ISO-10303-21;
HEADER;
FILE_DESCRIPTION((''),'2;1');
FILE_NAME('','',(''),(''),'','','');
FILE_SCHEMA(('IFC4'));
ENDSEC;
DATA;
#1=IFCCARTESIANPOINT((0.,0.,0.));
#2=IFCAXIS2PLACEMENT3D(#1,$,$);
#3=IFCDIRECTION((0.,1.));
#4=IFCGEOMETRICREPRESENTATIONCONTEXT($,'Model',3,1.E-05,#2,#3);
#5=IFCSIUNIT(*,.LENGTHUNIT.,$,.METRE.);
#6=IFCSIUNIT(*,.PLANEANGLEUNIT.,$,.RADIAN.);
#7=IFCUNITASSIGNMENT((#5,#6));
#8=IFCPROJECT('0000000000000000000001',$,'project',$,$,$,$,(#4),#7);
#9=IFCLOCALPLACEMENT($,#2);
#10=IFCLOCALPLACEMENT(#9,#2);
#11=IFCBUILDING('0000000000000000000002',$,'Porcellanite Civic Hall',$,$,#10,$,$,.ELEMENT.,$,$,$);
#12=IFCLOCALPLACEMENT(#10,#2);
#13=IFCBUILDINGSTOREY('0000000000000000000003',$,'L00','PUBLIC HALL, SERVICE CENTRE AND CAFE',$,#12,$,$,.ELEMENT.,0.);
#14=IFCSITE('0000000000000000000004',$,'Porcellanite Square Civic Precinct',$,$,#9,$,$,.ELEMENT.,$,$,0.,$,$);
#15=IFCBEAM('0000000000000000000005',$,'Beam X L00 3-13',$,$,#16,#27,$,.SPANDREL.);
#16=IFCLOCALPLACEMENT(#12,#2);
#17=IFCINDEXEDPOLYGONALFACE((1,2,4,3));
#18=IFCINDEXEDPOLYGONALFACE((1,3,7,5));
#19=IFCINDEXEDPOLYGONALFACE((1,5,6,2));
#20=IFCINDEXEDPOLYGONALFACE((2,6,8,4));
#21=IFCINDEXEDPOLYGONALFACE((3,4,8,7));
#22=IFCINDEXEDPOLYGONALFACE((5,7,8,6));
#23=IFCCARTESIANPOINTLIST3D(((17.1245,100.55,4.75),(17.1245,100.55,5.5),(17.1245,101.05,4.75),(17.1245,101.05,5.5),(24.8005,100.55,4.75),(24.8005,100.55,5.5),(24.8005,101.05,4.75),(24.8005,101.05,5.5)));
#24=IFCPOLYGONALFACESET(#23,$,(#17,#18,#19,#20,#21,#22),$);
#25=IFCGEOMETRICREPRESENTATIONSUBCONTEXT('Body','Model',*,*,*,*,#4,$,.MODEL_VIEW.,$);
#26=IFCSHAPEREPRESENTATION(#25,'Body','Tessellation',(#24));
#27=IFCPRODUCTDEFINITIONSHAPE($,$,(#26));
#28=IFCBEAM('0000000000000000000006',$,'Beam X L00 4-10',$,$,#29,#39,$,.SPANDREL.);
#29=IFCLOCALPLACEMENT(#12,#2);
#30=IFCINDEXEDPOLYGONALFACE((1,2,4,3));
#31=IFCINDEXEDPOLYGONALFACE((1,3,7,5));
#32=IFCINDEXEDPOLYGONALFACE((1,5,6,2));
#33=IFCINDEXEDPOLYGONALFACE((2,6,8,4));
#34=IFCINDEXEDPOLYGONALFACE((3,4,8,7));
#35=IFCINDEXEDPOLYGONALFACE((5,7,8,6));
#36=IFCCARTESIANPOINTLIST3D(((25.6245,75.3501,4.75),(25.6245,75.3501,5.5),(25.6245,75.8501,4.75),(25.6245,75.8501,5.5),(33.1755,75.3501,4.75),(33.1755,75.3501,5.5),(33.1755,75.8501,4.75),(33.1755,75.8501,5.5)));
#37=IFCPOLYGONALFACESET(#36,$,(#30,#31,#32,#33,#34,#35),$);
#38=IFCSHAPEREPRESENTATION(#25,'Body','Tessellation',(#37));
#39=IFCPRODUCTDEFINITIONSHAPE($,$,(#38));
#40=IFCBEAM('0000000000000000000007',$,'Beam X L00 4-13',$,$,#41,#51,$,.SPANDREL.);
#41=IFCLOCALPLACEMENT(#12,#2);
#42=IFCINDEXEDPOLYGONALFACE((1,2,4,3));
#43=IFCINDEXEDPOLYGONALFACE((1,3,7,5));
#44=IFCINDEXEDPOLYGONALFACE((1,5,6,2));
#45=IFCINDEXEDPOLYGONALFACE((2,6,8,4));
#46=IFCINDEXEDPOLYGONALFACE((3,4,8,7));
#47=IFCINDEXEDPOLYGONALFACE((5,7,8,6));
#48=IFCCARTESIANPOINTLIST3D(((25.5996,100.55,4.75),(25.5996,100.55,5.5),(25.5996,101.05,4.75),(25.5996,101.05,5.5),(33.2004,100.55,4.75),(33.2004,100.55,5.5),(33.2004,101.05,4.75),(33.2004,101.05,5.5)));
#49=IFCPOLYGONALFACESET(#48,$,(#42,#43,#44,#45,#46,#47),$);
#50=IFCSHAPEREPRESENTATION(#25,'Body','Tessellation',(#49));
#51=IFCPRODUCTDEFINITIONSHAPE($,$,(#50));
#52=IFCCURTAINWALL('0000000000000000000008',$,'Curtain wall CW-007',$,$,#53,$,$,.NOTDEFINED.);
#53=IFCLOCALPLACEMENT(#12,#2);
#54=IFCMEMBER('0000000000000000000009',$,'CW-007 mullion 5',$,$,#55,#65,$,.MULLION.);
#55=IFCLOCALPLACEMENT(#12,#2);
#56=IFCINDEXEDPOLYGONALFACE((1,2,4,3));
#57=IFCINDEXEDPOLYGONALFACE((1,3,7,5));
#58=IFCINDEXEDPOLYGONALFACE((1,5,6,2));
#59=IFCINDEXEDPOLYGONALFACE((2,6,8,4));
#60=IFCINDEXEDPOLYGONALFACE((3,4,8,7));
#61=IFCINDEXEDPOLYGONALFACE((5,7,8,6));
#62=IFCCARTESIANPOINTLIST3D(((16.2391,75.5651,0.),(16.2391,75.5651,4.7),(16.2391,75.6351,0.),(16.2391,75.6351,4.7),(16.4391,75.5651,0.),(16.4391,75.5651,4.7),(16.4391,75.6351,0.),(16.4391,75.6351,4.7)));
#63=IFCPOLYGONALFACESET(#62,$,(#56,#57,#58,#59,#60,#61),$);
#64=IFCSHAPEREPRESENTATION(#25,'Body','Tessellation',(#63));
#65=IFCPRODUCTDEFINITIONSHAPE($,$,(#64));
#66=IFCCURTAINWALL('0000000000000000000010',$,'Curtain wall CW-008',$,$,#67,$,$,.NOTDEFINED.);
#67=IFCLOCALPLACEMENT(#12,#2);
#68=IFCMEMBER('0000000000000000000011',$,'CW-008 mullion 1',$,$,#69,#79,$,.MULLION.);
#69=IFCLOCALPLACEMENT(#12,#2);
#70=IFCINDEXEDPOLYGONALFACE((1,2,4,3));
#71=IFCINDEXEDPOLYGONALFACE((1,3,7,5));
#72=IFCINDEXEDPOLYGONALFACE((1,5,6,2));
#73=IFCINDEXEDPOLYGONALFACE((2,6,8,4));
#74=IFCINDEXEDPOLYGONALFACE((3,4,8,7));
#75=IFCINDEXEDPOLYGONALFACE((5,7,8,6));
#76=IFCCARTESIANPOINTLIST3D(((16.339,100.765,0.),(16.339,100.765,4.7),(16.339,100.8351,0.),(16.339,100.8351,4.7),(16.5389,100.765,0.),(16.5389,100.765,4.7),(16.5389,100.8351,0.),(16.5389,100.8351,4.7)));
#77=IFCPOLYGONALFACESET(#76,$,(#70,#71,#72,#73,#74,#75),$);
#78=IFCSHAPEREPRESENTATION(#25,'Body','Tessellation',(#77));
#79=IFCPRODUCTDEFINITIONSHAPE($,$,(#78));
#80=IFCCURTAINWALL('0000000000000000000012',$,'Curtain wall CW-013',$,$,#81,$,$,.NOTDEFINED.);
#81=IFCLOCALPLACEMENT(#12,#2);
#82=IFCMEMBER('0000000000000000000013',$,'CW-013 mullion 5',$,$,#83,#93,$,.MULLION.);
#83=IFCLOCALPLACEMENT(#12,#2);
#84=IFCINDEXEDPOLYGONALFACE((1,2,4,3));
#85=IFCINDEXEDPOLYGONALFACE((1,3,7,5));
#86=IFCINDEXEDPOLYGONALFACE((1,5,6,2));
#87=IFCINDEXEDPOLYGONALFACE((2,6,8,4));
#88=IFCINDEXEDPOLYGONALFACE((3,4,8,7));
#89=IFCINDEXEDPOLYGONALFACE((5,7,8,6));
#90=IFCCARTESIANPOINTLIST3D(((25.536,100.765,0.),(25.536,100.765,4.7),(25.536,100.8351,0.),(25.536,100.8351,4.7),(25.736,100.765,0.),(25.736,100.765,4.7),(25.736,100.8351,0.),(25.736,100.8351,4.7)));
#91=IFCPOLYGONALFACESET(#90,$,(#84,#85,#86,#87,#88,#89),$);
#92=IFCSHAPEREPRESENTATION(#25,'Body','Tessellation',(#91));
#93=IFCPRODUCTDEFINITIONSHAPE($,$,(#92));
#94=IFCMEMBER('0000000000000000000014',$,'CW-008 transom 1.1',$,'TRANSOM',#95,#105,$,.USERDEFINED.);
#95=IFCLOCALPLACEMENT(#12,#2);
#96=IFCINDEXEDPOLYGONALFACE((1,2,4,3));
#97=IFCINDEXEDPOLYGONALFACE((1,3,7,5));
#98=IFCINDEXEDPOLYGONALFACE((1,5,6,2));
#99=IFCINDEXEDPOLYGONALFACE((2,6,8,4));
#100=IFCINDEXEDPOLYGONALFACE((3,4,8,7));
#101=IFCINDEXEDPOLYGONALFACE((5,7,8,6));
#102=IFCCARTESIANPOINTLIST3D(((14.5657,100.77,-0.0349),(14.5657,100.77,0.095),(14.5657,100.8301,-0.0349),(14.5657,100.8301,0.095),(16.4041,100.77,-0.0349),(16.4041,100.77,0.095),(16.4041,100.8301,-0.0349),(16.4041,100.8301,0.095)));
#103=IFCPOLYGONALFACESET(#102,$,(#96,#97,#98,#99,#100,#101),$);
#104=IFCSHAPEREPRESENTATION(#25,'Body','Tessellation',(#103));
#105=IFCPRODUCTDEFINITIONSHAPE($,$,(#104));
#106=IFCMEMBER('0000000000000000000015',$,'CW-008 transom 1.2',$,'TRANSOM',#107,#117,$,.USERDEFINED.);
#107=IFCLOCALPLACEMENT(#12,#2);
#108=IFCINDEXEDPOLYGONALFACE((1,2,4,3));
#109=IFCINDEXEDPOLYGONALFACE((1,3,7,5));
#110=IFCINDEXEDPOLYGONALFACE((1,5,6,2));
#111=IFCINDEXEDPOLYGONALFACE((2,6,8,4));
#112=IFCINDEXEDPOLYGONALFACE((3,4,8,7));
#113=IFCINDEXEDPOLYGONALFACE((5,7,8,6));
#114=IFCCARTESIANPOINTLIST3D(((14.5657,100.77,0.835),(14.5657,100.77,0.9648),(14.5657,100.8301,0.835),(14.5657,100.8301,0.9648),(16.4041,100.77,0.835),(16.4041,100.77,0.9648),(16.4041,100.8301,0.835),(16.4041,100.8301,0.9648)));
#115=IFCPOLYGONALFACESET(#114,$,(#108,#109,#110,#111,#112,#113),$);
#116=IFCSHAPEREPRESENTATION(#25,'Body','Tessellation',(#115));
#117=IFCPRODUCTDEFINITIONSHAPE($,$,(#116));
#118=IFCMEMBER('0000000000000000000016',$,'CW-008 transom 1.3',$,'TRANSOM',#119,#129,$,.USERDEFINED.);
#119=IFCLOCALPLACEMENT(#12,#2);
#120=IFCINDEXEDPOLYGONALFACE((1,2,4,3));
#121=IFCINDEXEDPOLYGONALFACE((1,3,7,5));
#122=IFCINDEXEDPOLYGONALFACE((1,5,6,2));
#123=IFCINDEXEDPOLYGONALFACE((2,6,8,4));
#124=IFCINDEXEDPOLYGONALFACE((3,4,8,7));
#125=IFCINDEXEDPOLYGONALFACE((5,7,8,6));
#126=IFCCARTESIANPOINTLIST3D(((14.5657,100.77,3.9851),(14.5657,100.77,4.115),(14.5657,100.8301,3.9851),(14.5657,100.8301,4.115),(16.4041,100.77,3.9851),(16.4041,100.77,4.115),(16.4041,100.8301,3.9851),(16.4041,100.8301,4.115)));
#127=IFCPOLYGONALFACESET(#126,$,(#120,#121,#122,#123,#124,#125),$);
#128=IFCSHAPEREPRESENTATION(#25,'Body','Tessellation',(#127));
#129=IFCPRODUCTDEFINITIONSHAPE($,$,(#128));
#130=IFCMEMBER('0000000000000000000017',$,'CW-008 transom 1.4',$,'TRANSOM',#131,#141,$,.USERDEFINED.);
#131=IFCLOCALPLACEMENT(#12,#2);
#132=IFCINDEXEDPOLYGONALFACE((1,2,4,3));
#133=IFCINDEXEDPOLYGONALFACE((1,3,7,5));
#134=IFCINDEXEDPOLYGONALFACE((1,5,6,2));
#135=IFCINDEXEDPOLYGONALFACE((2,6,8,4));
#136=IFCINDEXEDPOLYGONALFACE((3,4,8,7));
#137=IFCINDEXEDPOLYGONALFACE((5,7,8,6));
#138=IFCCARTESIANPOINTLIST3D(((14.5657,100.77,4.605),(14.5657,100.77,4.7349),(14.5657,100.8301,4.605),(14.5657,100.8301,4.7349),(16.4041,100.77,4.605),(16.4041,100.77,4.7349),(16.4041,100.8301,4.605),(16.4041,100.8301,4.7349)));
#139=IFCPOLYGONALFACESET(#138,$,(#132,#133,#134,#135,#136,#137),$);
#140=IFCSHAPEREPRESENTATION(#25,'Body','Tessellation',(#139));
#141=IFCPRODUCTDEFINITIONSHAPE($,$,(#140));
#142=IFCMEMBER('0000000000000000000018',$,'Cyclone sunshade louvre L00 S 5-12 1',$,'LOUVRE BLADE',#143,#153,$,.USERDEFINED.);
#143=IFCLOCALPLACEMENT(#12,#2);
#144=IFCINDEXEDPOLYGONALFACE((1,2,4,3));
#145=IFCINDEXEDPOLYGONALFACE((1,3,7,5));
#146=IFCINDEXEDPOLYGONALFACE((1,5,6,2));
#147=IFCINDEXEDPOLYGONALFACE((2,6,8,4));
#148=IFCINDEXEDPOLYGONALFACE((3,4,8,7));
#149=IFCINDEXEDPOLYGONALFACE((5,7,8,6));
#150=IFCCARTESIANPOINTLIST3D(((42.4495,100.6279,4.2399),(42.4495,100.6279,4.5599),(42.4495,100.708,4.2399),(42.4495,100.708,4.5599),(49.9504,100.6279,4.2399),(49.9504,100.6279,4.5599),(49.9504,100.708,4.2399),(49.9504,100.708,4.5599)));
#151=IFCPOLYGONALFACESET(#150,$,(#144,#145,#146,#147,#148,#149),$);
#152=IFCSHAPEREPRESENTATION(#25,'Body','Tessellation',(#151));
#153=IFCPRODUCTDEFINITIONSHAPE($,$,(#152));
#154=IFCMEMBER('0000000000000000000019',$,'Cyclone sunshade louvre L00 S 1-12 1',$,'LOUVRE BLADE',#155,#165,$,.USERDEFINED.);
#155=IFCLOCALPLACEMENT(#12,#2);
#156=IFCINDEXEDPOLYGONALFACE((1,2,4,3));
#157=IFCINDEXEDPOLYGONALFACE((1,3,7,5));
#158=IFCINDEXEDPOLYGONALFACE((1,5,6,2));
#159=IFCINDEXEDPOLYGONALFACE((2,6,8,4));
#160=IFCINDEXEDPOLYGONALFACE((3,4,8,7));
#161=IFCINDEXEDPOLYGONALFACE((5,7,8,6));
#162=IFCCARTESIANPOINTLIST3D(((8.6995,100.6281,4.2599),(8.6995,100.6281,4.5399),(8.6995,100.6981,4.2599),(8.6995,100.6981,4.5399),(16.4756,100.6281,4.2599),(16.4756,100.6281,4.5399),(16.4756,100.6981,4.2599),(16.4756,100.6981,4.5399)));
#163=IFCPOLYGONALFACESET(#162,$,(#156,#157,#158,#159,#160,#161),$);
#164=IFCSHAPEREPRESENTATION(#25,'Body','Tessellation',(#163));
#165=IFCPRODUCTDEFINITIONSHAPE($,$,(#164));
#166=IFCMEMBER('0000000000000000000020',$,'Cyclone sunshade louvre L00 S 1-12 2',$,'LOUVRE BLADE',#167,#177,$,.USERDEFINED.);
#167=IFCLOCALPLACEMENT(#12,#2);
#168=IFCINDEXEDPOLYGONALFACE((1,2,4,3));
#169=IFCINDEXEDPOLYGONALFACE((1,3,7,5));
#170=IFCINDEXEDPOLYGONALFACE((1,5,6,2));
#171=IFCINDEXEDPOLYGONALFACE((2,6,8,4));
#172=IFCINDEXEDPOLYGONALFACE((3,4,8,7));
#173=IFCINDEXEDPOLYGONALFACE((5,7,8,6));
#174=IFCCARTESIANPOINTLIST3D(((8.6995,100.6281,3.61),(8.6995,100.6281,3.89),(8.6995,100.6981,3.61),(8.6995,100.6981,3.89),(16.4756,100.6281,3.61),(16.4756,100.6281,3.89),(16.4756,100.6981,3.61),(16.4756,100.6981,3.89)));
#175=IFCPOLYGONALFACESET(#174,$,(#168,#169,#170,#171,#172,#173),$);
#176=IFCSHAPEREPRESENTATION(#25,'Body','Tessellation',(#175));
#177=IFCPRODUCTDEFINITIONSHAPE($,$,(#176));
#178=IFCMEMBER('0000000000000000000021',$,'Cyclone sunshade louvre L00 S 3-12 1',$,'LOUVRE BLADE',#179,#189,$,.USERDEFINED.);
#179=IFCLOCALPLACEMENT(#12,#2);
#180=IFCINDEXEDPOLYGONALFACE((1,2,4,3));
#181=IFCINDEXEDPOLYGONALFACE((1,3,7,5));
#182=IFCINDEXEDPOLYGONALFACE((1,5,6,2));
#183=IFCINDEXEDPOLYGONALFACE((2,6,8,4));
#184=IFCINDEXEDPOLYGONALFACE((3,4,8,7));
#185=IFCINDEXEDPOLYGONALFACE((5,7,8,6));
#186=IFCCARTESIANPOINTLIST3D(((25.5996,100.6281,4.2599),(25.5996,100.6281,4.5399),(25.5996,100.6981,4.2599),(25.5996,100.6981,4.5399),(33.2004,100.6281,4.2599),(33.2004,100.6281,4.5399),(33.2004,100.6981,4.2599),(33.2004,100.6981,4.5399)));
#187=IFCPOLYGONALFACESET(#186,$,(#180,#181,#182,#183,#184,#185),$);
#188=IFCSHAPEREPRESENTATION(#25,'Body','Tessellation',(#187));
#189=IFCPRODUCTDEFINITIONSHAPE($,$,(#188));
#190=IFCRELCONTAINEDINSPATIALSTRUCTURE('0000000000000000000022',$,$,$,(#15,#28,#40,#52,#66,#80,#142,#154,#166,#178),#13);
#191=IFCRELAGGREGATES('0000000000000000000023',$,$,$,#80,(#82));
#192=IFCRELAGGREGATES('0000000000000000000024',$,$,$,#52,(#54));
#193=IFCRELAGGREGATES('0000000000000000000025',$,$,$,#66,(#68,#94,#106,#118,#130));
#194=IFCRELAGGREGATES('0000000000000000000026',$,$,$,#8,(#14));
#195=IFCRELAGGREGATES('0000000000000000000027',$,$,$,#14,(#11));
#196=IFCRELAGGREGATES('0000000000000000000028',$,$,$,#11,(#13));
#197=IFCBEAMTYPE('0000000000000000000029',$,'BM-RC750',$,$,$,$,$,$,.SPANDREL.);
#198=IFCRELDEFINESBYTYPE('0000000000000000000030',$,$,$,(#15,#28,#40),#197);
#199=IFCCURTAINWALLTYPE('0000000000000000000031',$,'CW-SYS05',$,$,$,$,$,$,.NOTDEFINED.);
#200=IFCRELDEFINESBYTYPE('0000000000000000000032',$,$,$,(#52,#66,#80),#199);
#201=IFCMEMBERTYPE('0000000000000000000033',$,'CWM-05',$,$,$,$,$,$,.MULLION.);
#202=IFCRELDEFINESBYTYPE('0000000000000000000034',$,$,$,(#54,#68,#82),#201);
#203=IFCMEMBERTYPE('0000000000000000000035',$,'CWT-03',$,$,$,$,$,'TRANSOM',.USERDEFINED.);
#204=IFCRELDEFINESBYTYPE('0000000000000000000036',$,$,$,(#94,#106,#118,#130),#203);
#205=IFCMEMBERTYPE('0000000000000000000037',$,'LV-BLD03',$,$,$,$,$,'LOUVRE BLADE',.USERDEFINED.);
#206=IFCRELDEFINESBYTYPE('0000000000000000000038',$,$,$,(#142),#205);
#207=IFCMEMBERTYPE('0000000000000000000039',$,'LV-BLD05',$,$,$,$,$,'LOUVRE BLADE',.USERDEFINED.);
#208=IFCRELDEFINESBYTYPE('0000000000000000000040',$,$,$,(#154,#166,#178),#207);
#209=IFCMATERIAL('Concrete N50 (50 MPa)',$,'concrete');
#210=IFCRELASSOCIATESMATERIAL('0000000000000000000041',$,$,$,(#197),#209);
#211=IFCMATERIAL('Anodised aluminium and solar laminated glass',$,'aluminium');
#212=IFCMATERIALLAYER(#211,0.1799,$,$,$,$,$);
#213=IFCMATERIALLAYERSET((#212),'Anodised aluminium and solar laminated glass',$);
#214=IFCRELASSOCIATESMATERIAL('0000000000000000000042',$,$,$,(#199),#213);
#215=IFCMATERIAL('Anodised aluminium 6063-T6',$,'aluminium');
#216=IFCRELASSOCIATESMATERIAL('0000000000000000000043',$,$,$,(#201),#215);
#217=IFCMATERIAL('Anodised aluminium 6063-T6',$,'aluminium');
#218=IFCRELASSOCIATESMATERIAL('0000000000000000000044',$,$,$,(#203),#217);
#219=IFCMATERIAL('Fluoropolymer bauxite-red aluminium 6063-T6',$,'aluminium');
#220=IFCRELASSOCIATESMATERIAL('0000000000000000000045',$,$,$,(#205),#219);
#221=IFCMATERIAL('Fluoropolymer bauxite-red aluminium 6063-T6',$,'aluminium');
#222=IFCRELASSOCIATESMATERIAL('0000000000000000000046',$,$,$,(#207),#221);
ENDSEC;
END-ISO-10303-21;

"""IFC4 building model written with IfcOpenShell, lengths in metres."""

from ifc_helpers import new_model, si_unit, direction, frame, origin, origin_2d, place, context, subcontext, project, spatial, rectangle, extrude, material, layer, layer_set, material_profile, profile_set, type_object, element, aggregate, save


model = new_model("IFC4")

# Units and contexts
model_context = context("Model", 3, precision=1e-05, world=origin(), true_north=direction((0.0, 1.0)))
body_context = subcontext(model_context, "Body", "Model", "MODEL_VIEW")
ifc_project = project(units=[si_unit("LENGTHUNIT", "METRE"), si_unit("PLANEANGLEUNIT", "RADIAN")], contexts=[model_context])

# Site, building, storey
site_placement = place(None, origin())
site = spatial("IfcSite", under=ifc_project, at=site_placement, Name="Porcellanite Square Civic Precinct", CompositionType="ELEMENT", RefElevation=0.0)
building_placement = place(site_placement, origin())
building = spatial("IfcBuilding", under=site, at=building_placement, Name="Porcellanite Civic Hall", CompositionType="ELEMENT")
storey_placement = place(building_placement, origin())
storey = spatial("IfcBuildingStorey", under=building, at=storey_placement, Name="L00", Description="PUBLIC HALL, SERVICE CENTRE AND CAFE", CompositionType="ELEMENT", Elevation=0.0)

# Beams
ifc_material_1 = material(Name="Concrete N50 (50 MPa)", Category="concrete")
ifc_material_profile_1 = material_profile(ifc_material_1, rectangle(XDim=0.5, YDim=0.75, at=origin_2d()), Name="RC-500x750")
ifc_profile_set_1 = profile_set([ifc_material_profile_1], Name="Concrete N50 (50 MPa)")
beam_type = type_object("IfcBeamType", Name="BM-RC750", PredefinedType="SPANDREL", material=ifc_profile_set_1)
beam_1_placement = place(storey_placement, frame((17.1245, 100.8, 5.125), z_axis=(1.0, 0.0, 0.0), x_axis=(0.0, 1.0, 0.0)))
element("IfcBeam", 1, at=beam_1_placement, inside=storey, type_object=beam_type, Name="Beam X L00 3-13", PredefinedType="SPANDREL", context=body_context, shape_type="SweptSolid", body=[
    extrude(rectangle(XDim=0.5, YDim=0.75, at=origin_2d()), origin(), (0.0, 0.0, 1.0), 7.676),
])
beam_2_placement = place(storey_placement, frame((25.6245, 75.6001, 5.125), z_axis=(1.0, 0.0, 0.0), x_axis=(0.0, 1.0, 0.0)))
element("IfcBeam", 2, at=beam_2_placement, inside=storey, type_object=beam_type, Name="Beam X L00 4-10", PredefinedType="SPANDREL", context=body_context, shape_type="SweptSolid", body=[
    extrude(rectangle(XDim=0.5, YDim=0.75, at=origin_2d()), origin(), (0.0, 0.0, 1.0), 7.551),
])
beam_3_placement = place(storey_placement, frame((25.5996, 100.8, 5.125), z_axis=(1.0, 0.0, 0.0), x_axis=(0.0, 1.0, 0.0)))
element("IfcBeam", 3, at=beam_3_placement, inside=storey, type_object=beam_type, Name="Beam X L00 4-13", PredefinedType="SPANDREL", context=body_context, shape_type="SweptSolid", body=[
    extrude(rectangle(XDim=0.5, YDim=0.75, at=origin_2d()), origin(), (0.0, 0.0, 1.0), 7.6008),
])

# Curtain walls, members
ifc_material_2 = material(Name="Anodised aluminium and solar laminated glass", Category="aluminium")
ifc_layer_1 = layer(ifc_material_2, 0.1799)
ifc_layer_set_1 = layer_set([ifc_layer_1], Name="Anodised aluminium and solar laminated glass")
curtain_wall_type = type_object("IfcCurtainWallType", Name="CW-SYS05", PredefinedType="NOTDEFINED", material=ifc_layer_set_1)
curtain_wall_1_placement = place(storey_placement, origin())
curtain_wall_1 = element("IfcCurtainWall", 4, at=curtain_wall_1_placement, inside=storey, type_object=curtain_wall_type, Name="Curtain wall CW-007", PredefinedType="NOTDEFINED")
ifc_material_3 = material(Name="Anodised aluminium 6063-T6", Category="aluminium")
ifc_material_profile_2 = material_profile(ifc_material_3, rectangle(XDim=0.0701, YDim=0.2, at=origin_2d()), Name="AL-70x200")
ifc_profile_set_2 = profile_set([ifc_material_profile_2], Name="Anodised aluminium 6063-T6")
member_type_1 = type_object("IfcMemberType", Name="CWM-05", PredefinedType="MULLION", material=ifc_profile_set_2)
member_1_placement = place(storey_placement, frame((16.3391, 75.6001, 0.0), z_axis=(0.0, 0.0, 1.0), x_axis=(0.0, 1.0, 0.0)))
member_1 = element("IfcMember", 5, at=member_1_placement, type_object=member_type_1, Name="CW-007 mullion 5", PredefinedType="MULLION", context=body_context, shape_type="SweptSolid", body=[
    extrude(rectangle(XDim=0.0701, YDim=0.2, at=origin_2d()), origin(), (0.0, 0.0, 1.0), 4.7),
])
curtain_wall_2_placement = place(storey_placement, origin())
curtain_wall_2 = element("IfcCurtainWall", 6, at=curtain_wall_2_placement, inside=storey, type_object=curtain_wall_type, Name="Curtain wall CW-008", PredefinedType="NOTDEFINED")
member_2_placement = place(storey_placement, frame((16.439, 100.8, 0.0), z_axis=(0.0, 0.0, 1.0), x_axis=(0.0, -1.0, 0.0)))
member_2 = element("IfcMember", 7, at=member_2_placement, type_object=member_type_1, Name="CW-008 mullion 1", PredefinedType="MULLION", context=body_context, shape_type="SweptSolid", body=[
    extrude(rectangle(XDim=0.0701, YDim=0.2, at=origin_2d()), origin(), (0.0, 0.0, 1.0), 4.7),
])
curtain_wall_3_placement = place(storey_placement, origin())
curtain_wall_3 = element("IfcCurtainWall", 8, at=curtain_wall_3_placement, inside=storey, type_object=curtain_wall_type, Name="Curtain wall CW-013", PredefinedType="NOTDEFINED")
member_3_placement = place(storey_placement, frame((25.636, 100.8, 0.0), z_axis=(0.0, 0.0, 1.0), x_axis=(0.0, -1.0, 0.0)))
member_3 = element("IfcMember", 9, at=member_3_placement, type_object=member_type_1, Name="CW-013 mullion 5", PredefinedType="MULLION", context=body_context, shape_type="SweptSolid", body=[
    extrude(rectangle(XDim=0.0701, YDim=0.2, at=origin_2d()), origin(), (0.0, 0.0, 1.0), 4.7),
])
aggregate(curtain_wall_3, [member_3])

# Members
ifc_material_4 = material(Name="Anodised aluminium 6063-T6", Category="aluminium")
ifc_material_profile_3 = material_profile(ifc_material_4, rectangle(XDim=0.0601, YDim=0.1299, at=origin_2d()), Name="AL-60x130")
ifc_profile_set_3 = profile_set([ifc_material_profile_3], Name="Anodised aluminium 6063-T6")
member_type_2 = type_object("IfcMemberType", Name="CWT-03", ElementType="TRANSOM", PredefinedType="USERDEFINED", material=ifc_profile_set_3)
member_4_placement = place(storey_placement, frame((16.4041, 100.8, 0.03), z_axis=(-1.0, 0.0, 0.0), x_axis=(0.0, -1.0, 0.0)))
member_4 = element("IfcMember", 10, at=member_4_placement, type_object=member_type_2, Name="CW-008 transom 1.1", ObjectType="TRANSOM", PredefinedType="USERDEFINED", context=body_context, shape_type="SweptSolid", body=[
    extrude(rectangle(XDim=0.0601, YDim=0.1299, at=origin_2d()), origin(), (0.0, 0.0, 1.0), 1.8384),
])
member_5_placement = place(storey_placement, frame((16.4041, 100.8, 0.8999), z_axis=(-1.0, 0.0, 0.0), x_axis=(0.0, -1.0, 0.0)))
member_5 = element("IfcMember", 11, at=member_5_placement, type_object=member_type_2, Name="CW-008 transom 1.2", ObjectType="TRANSOM", PredefinedType="USERDEFINED", context=body_context, shape_type="SweptSolid", body=[
    extrude(rectangle(XDim=0.0601, YDim=0.1299, at=origin_2d()), origin(), (0.0, 0.0, 1.0), 1.8384),
])
member_6_placement = place(storey_placement, frame((16.4041, 100.8, 4.05), z_axis=(-1.0, 0.0, 0.0), x_axis=(0.0, -1.0, 0.0)))
member_6 = element("IfcMember", 12, at=member_6_placement, type_object=member_type_2, Name="CW-008 transom 1.3", ObjectType="TRANSOM", PredefinedType="USERDEFINED", context=body_context, shape_type="SweptSolid", body=[
    extrude(rectangle(XDim=0.0601, YDim=0.1299, at=origin_2d()), origin(), (0.0, 0.0, 1.0), 1.8384),
])
member_7_placement = place(storey_placement, frame((16.4041, 100.8, 4.6699), z_axis=(-1.0, 0.0, 0.0), x_axis=(0.0, -1.0, 0.0)))
member_7 = element("IfcMember", 13, at=member_7_placement, type_object=member_type_2, Name="CW-008 transom 1.4", ObjectType="TRANSOM", PredefinedType="USERDEFINED", context=body_context, shape_type="SweptSolid", body=[
    extrude(rectangle(XDim=0.0601, YDim=0.1299, at=origin_2d()), origin(), (0.0, 0.0, 1.0), 1.8384),
])

# Members
ifc_material_5 = material(Name="Fluoropolymer bauxite-red aluminium 6063-T6", Category="aluminium")
ifc_material_profile_4 = material_profile(ifc_material_5, rectangle(XDim=0.0801, YDim=0.3201, at=origin_2d()), Name="AL-80x320")
ifc_profile_set_4 = profile_set([ifc_material_profile_4], Name="Fluoropolymer bauxite-red aluminium 6063-T6")
member_type_3 = type_object("IfcMemberType", Name="LV-BLD03", ElementType="LOUVRE BLADE", PredefinedType="USERDEFINED", material=ifc_profile_set_4)
member_8_placement = place(storey_placement, frame((49.9504, 100.668, 4.3999), z_axis=(-1.0, 0.0, 0.0), x_axis=(0.0, -1.0, 0.0)))
element("IfcMember", 14, at=member_8_placement, inside=storey, type_object=member_type_3, Name="Cyclone sunshade louvre L00 S 5-12 1", ObjectType="LOUVRE BLADE", PredefinedType="USERDEFINED", context=body_context, shape_type="SweptSolid", body=[
    extrude(rectangle(XDim=0.0801, YDim=0.3201, at=origin_2d()), origin(), (0.0, 0.0, 1.0), 7.501),
])
ifc_material_6 = material(Name="Fluoropolymer bauxite-red aluminium 6063-T6", Category="aluminium")
ifc_material_profile_5 = material_profile(ifc_material_6, rectangle(XDim=0.0701, YDim=0.28, at=origin_2d()), Name="AL-70x280")
ifc_profile_set_5 = profile_set([ifc_material_profile_5], Name="Fluoropolymer bauxite-red aluminium 6063-T6")
member_type_4 = type_object("IfcMemberType", Name="LV-BLD05", ElementType="LOUVRE BLADE", PredefinedType="USERDEFINED", material=ifc_profile_set_5)
for number, where, z_axis, x_axis, name in (
    (15, (16.4756, 100.6631, 4.3999), (-1.0, 0.0, 0.0), (0.0, -1.0, 0.0), "Cyclone sunshade louvre L00 S 1-12 1"),
    (16, (16.4756, 100.6631, 3.75), (-1.0, 0.0, 0.0), (0.0, -1.0, 0.0), "Cyclone sunshade louvre L00 S 1-12 2"),
):
    element("IfcMember", number, at=place(storey_placement, frame(where, z_axis=z_axis, x_axis=x_axis)), inside=storey, type_object=member_type_4, Name=name, ObjectType="LOUVRE BLADE", PredefinedType="USERDEFINED", context=body_context, shape_type="SweptSolid", body=[
        extrude(rectangle(XDim=0.0701, YDim=0.28, at=origin_2d()), origin(), (0.0, 0.0, 1.0), 7.7761),
    ])
for number, where, z_axis, x_axis, name in (
    (17, (33.2004, 100.6631, 4.3999), (-1.0, 0.0, 0.0), (0.0, -1.0, 0.0), "Cyclone sunshade louvre L00 S 3-12 1"),
):
    element("IfcMember", number, at=place(storey_placement, frame(where, z_axis=z_axis, x_axis=x_axis)), inside=storey, type_object=member_type_4, Name=name, ObjectType="LOUVRE BLADE", PredefinedType="USERDEFINED", context=body_context, shape_type="SweptSolid", body=[
        extrude(rectangle(XDim=0.0701, YDim=0.28, at=origin_2d()), origin(), (0.0, 0.0, 1.0), 7.6008),
    ])

aggregate(curtain_wall_1, [member_1])
aggregate(curtain_wall_2, [member_2, member_4, member_5, member_6, member_7])

save(model, "model.ifc")
